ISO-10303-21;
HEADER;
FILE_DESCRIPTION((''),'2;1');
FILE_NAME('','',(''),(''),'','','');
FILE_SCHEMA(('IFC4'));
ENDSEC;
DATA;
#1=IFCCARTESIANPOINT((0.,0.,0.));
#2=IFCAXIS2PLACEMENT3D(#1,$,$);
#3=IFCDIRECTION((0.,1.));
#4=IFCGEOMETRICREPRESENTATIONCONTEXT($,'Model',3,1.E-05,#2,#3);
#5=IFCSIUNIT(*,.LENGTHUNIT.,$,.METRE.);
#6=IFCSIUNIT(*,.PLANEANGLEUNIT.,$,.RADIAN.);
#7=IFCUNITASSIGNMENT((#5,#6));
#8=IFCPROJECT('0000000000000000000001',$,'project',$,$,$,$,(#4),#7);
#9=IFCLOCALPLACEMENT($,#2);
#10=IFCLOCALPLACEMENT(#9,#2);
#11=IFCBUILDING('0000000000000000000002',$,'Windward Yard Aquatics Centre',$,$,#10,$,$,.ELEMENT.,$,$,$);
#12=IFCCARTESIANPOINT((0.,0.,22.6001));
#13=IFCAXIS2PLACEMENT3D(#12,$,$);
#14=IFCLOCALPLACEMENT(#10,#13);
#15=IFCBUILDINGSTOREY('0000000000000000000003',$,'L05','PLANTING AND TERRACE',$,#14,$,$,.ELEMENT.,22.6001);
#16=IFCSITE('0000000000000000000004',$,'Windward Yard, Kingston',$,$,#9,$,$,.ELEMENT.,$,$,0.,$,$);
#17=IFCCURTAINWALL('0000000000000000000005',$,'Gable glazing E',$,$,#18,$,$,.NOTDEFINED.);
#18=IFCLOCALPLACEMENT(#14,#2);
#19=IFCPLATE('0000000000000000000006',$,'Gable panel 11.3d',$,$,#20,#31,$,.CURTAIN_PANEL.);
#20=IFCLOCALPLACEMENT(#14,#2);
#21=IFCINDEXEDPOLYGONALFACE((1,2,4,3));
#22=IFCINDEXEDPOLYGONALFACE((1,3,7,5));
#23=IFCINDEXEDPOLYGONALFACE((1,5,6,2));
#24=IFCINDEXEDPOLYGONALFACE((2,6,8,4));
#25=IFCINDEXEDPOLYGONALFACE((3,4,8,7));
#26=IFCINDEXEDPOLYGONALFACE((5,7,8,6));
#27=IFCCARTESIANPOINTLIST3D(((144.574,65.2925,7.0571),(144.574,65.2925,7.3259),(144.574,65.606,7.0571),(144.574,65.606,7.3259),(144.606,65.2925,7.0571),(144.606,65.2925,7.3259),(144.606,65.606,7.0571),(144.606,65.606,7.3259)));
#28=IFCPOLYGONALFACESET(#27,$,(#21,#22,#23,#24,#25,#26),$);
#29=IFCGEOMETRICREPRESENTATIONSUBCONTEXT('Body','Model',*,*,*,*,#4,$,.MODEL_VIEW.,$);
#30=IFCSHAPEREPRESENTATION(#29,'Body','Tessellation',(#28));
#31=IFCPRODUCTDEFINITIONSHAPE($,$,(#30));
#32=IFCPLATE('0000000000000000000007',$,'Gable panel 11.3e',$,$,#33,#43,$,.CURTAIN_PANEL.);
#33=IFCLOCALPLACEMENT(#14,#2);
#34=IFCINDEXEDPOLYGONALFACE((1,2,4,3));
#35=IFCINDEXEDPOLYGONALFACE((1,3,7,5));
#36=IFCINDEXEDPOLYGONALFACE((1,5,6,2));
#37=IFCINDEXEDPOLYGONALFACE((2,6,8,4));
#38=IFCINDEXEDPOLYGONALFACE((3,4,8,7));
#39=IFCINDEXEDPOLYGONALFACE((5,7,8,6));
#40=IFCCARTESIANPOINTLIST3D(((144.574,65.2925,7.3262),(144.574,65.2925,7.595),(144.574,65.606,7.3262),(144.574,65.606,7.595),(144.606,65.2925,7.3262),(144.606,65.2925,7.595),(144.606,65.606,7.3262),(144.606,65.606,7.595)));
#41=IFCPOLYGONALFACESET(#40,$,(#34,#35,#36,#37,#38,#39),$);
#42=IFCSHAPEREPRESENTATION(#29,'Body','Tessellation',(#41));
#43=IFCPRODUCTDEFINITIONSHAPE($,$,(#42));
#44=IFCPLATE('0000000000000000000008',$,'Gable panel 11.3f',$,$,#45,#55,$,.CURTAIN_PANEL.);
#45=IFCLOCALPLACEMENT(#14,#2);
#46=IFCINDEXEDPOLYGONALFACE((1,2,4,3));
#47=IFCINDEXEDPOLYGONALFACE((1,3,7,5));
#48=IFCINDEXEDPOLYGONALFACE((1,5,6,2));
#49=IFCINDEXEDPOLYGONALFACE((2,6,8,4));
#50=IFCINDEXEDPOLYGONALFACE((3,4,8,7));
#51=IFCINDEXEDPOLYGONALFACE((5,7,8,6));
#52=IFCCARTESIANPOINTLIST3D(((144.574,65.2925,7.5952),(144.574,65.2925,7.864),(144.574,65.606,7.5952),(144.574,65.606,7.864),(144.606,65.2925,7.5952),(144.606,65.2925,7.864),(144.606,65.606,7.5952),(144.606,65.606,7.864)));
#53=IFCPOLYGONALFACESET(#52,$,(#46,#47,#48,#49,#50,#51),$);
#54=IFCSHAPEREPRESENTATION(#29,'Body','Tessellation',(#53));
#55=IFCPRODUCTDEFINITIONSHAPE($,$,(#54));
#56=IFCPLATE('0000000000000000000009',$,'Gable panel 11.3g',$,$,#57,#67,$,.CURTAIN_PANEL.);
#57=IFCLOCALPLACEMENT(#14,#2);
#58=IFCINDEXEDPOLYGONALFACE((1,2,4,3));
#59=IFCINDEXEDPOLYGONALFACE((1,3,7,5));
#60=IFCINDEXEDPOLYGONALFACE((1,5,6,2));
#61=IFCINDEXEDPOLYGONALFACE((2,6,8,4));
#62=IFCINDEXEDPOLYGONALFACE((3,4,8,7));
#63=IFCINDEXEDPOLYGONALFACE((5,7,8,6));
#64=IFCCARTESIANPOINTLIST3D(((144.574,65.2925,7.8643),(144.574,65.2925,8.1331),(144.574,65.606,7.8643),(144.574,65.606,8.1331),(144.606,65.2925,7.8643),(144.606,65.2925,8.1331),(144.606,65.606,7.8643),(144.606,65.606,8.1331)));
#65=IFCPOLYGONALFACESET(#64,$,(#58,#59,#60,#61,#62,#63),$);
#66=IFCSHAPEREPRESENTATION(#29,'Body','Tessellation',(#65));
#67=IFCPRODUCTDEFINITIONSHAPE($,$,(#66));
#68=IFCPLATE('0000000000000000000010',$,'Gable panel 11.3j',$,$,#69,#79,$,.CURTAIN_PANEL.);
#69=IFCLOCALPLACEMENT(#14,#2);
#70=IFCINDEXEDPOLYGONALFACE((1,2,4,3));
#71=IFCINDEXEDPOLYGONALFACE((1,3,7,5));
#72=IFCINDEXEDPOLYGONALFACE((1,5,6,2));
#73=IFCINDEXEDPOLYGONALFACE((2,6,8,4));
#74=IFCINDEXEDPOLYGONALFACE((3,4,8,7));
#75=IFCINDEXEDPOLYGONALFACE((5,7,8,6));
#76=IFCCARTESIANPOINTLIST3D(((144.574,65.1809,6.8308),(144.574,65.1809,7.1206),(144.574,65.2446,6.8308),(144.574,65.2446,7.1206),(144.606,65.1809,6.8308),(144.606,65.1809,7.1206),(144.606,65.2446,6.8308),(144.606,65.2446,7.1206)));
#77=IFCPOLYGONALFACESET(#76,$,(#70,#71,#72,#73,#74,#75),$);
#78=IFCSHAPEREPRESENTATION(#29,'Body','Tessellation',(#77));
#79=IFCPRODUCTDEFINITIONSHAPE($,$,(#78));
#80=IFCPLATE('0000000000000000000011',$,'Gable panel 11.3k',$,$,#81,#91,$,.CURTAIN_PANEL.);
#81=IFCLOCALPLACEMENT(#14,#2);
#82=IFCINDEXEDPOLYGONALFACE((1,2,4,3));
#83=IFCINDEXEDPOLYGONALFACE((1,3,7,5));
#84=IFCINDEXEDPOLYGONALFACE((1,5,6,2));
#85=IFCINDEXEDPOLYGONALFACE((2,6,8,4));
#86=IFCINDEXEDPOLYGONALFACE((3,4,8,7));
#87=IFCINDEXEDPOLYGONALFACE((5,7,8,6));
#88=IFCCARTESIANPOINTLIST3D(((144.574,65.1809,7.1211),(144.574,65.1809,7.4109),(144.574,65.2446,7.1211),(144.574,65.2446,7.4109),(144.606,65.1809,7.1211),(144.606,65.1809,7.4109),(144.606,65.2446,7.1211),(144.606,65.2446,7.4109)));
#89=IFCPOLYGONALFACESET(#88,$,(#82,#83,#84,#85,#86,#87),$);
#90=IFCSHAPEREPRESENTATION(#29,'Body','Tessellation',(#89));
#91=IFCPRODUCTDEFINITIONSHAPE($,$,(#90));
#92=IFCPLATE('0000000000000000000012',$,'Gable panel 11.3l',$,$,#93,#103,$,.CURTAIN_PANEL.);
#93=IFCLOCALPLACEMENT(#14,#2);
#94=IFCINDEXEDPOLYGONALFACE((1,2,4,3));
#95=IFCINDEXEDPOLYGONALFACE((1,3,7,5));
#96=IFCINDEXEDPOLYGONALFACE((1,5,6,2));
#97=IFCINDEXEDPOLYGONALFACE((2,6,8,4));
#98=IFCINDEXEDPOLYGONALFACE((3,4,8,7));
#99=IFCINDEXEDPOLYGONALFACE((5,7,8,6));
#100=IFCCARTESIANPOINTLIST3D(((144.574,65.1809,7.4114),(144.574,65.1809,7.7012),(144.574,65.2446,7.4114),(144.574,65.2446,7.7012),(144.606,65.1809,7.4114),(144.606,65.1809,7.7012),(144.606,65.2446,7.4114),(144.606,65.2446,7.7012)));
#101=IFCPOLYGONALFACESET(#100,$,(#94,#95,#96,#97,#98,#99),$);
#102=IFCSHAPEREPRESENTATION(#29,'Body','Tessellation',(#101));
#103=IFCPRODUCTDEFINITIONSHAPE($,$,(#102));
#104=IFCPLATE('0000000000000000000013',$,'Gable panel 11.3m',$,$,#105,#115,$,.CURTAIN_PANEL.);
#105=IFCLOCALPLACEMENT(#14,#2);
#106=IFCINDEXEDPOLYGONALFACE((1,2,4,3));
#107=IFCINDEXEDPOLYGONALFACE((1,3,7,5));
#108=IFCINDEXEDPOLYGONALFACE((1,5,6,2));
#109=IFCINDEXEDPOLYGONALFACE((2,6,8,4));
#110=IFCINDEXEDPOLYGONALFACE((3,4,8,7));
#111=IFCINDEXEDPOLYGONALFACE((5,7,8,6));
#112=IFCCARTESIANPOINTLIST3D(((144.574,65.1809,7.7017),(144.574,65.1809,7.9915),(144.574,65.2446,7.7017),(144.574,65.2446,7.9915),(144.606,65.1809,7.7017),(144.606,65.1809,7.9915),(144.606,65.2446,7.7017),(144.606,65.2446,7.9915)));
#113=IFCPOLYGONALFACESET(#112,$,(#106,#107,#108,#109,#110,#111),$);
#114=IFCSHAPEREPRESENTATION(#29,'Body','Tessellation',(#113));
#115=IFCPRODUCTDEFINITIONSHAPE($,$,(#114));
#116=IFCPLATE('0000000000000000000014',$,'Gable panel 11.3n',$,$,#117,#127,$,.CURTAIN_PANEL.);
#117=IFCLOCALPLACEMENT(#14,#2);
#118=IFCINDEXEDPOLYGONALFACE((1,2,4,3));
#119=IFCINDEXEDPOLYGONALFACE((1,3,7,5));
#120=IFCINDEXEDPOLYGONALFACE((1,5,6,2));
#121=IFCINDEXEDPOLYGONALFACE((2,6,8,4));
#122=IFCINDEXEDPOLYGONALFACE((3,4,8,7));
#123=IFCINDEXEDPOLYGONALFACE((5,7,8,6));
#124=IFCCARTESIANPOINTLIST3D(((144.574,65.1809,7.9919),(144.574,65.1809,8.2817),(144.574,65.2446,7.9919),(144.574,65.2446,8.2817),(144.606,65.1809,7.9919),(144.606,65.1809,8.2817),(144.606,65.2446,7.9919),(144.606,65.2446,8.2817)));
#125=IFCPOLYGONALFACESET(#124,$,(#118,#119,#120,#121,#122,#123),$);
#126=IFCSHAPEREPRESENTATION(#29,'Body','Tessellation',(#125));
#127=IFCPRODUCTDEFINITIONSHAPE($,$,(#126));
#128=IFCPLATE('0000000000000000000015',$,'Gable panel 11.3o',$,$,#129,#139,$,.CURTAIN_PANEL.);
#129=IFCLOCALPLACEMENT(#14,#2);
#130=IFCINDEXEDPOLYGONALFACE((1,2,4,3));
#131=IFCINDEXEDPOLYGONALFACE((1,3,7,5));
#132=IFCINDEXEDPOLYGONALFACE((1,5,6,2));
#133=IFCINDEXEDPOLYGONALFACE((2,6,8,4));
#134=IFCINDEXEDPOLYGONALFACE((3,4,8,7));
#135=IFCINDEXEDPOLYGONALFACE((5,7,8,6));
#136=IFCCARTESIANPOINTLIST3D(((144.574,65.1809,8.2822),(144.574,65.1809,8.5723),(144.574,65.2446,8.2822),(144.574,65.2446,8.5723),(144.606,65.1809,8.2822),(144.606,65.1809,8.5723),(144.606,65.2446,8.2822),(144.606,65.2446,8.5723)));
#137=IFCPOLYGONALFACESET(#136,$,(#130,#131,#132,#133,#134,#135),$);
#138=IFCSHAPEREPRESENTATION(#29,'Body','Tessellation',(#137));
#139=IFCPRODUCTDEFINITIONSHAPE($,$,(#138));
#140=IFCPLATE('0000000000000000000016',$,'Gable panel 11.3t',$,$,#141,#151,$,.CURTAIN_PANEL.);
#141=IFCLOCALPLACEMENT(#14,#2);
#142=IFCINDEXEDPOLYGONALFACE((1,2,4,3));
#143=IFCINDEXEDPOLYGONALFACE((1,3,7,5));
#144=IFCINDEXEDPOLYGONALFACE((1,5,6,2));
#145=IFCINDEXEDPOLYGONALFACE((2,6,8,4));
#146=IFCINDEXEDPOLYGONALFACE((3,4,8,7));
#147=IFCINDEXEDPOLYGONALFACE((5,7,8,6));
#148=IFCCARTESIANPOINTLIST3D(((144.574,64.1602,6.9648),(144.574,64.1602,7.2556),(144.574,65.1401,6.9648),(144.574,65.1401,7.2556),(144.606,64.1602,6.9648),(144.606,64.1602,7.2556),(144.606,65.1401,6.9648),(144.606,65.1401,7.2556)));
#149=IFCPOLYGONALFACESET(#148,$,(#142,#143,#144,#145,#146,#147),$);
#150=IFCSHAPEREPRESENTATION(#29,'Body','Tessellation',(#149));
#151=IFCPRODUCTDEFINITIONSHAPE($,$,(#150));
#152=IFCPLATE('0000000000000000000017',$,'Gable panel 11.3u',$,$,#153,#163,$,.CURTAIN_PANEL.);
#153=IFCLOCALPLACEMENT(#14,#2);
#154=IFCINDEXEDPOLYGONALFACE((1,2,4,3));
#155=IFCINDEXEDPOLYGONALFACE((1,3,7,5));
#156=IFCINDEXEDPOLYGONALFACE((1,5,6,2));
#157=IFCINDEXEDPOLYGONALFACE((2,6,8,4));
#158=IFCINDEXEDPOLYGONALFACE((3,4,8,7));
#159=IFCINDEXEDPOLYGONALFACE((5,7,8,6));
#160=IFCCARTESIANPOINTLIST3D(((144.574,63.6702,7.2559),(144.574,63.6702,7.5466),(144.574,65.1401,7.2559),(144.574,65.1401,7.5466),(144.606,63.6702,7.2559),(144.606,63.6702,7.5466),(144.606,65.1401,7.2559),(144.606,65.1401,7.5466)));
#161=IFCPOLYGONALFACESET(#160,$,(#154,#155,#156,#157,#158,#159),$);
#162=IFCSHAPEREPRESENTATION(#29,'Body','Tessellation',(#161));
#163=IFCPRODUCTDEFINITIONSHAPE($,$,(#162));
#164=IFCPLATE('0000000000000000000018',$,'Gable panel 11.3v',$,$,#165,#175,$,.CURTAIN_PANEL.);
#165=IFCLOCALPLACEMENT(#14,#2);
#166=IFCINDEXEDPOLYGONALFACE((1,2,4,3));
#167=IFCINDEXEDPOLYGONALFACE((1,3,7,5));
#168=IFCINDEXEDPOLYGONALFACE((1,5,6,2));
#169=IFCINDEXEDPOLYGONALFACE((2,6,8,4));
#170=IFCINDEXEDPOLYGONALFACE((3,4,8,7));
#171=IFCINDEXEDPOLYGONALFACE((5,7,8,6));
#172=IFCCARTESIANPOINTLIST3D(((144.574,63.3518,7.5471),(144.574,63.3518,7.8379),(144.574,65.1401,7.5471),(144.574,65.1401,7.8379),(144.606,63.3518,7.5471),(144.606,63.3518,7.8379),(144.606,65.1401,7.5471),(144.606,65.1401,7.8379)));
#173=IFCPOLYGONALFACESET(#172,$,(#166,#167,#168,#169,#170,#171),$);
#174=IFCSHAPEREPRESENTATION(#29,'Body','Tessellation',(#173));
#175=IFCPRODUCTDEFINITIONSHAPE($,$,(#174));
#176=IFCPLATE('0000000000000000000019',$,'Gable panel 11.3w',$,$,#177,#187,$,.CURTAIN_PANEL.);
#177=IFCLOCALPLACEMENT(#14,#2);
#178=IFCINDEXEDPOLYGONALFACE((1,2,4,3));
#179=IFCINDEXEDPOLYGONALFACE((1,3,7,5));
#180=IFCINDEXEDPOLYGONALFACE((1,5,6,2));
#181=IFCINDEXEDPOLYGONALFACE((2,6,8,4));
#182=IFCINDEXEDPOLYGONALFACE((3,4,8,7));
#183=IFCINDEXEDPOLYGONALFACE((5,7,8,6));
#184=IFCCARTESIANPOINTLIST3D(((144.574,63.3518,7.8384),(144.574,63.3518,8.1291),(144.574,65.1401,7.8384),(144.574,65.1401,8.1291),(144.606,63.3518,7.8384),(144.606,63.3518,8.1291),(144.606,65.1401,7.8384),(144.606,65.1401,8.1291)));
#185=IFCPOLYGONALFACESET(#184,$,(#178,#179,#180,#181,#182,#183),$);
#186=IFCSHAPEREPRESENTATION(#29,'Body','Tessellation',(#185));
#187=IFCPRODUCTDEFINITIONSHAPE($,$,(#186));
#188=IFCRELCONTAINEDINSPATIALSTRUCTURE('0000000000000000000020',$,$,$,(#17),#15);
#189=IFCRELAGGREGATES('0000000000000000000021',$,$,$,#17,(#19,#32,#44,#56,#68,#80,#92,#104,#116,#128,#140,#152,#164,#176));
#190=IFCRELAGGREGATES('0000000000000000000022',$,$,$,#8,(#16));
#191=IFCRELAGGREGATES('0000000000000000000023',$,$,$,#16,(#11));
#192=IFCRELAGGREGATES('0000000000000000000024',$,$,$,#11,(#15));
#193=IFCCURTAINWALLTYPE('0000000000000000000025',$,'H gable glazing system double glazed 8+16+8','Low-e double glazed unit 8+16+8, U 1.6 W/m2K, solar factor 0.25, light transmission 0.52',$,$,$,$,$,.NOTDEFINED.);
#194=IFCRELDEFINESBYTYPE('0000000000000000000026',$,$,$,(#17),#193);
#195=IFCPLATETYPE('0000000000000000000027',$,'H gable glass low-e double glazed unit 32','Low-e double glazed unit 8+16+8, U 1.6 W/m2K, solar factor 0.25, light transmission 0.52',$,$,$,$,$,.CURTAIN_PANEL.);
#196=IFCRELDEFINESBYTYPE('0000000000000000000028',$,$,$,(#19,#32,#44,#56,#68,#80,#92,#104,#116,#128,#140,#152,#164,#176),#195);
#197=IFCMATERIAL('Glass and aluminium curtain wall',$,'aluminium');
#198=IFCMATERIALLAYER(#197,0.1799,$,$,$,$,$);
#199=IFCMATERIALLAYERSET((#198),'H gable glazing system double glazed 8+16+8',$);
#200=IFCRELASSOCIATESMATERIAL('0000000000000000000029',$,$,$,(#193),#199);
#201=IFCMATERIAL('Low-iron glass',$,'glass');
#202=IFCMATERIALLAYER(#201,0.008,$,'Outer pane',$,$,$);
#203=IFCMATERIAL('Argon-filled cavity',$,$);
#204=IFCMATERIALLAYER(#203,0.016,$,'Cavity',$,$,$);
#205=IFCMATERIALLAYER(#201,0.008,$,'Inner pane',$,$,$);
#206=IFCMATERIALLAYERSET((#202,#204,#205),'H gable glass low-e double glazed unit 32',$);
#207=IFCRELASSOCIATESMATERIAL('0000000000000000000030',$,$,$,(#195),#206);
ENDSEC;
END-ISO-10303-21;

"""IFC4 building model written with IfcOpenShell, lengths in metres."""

from ifc_helpers import new_model, si_unit, direction, frame, origin, place, context, subcontext, project, spatial, polyline, outline, extrude, material, layer, layer_set, type_object, element, aggregate, save


model = new_model("IFC4")

# Units and contexts
model_context = context("Model", 3, precision=1e-05, world=origin(), true_north=direction((0.0, 1.0)))
body_context = subcontext(model_context, "Body", "Model", "MODEL_VIEW")
ifc_project = project(units=[si_unit("LENGTHUNIT", "METRE"), si_unit("PLANEANGLEUNIT", "RADIAN")], contexts=[model_context])

# Site, building, storey
site_placement = place(None, origin())
site = spatial("IfcSite", under=ifc_project, at=site_placement, Name="Windward Yard, Kingston", CompositionType="ELEMENT", RefElevation=0.0)
building_placement = place(site_placement, origin())
building = spatial("IfcBuilding", under=site, at=building_placement, Name="Windward Yard Aquatics Centre", CompositionType="ELEMENT")
storey_placement = place(building_placement, frame((0.0, 0.0, 22.6001)))
storey = spatial("IfcBuildingStorey", under=building, at=storey_placement, Name="L05", Description="PLANTING AND TERRACE", CompositionType="ELEMENT", Elevation=22.6001)

# Curtain wall, plates
ifc_material_1 = material(Name="Glass and aluminium curtain wall", Category="aluminium")
ifc_layer_1 = layer(ifc_material_1, 0.1799)
ifc_layer_set_1 = layer_set([ifc_layer_1], Name="H gable glazing system double glazed 8+16+8")
curtain_wall_type = type_object("IfcCurtainWallType", Name="H gable glazing system double glazed 8+16+8", Description="Low-e double glazed unit 8+16+8, U 1.6 W/m2K, solar factor 0.25, light transmission 0.52", PredefinedType="NOTDEFINED", material=ifc_layer_set_1)
curtain_wall_placement = place(storey_placement, origin())
curtain_wall = element("IfcCurtainWall", 1, at=curtain_wall_placement, inside=storey, type_object=curtain_wall_type, Name="Gable glazing E", PredefinedType="NOTDEFINED")
ifc_material_2 = material(Name="Low-iron glass", Category="glass")
ifc_layer_2 = layer(ifc_material_2, 0.008, Name="Outer pane")
ifc_material_3 = material(Name="Argon-filled cavity")
ifc_layer_3 = layer(ifc_material_3, 0.016, Name="Cavity")
ifc_layer_4 = layer(ifc_material_2, 0.008, Name="Inner pane")
ifc_layer_set_2 = layer_set([ifc_layer_2, ifc_layer_3, ifc_layer_4], Name="H gable glass low-e double glazed unit 32")
plate_type = type_object("IfcPlateType", Name="H gable glass low-e double glazed unit 32", Description="Low-e double glazed unit 8+16+8, U 1.6 W/m2K, solar factor 0.25, light transmission 0.52", PredefinedType="CURTAIN_PANEL", material=ifc_layer_set_2)
plate_1_placement = place(storey_placement, frame((144.606, 65.2925, 7.0571), z_axis=(1.0, 0.0, 0.0), x_axis=(0.0, 1.0, 0.0)))
plate_1 = element("IfcPlate", 2, at=plate_1_placement, type_object=plate_type, Name="Gable panel 11.3d", PredefinedType="CURTAIN_PANEL", context=body_context, shape_type="SweptSolid", body=[
    extrude(outline(polyline([(0.0, 0.0), (0.3135, 0.0), (0.3135, 0.2688), (0.0, 0.2688), (0.0, 0.0)])), origin(), (0.0, 0.0, -1.0), 0.032),
])
plate_2_placement = place(storey_placement, frame((144.606, 65.2925, 7.3262), z_axis=(1.0, 0.0, 0.0), x_axis=(0.0, 1.0, 0.0)))
plate_2 = element("IfcPlate", 3, at=plate_2_placement, type_object=plate_type, Name="Gable panel 11.3e", PredefinedType="CURTAIN_PANEL", context=body_context, shape_type="SweptSolid", body=[
    extrude(outline(polyline([(0.0, 0.0), (0.3135, 0.0), (0.3135, 0.2688), (0.0, 0.2688), (0.0, 0.0)])), origin(), (0.0, 0.0, -1.0), 0.032),
])
plate_3_placement = place(storey_placement, frame((144.606, 65.2925, 7.5952), z_axis=(1.0, 0.0, 0.0), x_axis=(0.0, 1.0, 0.0)))
plate_3 = element("IfcPlate", 4, at=plate_3_placement, type_object=plate_type, Name="Gable panel 11.3f", PredefinedType="CURTAIN_PANEL", context=body_context, shape_type="SweptSolid", body=[
    extrude(outline(polyline([(0.0, 0.0), (0.3135, 0.0), (0.3135, 0.2688), (0.0, 0.2688), (0.0, 0.0)])), origin(), (0.0, 0.0, -1.0), 0.032),
])
plate_4_placement = place(storey_placement, frame((144.606, 65.2925, 7.8643), z_axis=(1.0, 0.0, 0.0), x_axis=(0.0, 1.0, 0.0)))
plate_4 = element("IfcPlate", 5, at=plate_4_placement, type_object=plate_type, Name="Gable panel 11.3g", PredefinedType="CURTAIN_PANEL", context=body_context, shape_type="SweptSolid", body=[
    extrude(outline(polyline([(0.0, 0.0), (0.3135, 0.0), (0.3135, 0.2688), (0.0, 0.2688), (0.0, 0.0)])), origin(), (0.0, 0.0, -1.0), 0.032),
])
plate_5_placement = place(storey_placement, frame((144.606, 65.1809, 6.8308), z_axis=(1.0, 0.0, 0.0), x_axis=(0.0, 1.0, 0.0)))
plate_5 = element("IfcPlate", 6, at=plate_5_placement, type_object=plate_type, Name="Gable panel 11.3j", PredefinedType="CURTAIN_PANEL", context=body_context, shape_type="SweptSolid", body=[
    extrude(outline(polyline([(0.0, 0.0), (0.0637, 0.0), (0.0637, 0.2898), (0.0, 0.2898), (0.0, 0.0)])), origin(), (0.0, 0.0, -1.0), 0.032),
])
plate_6_placement = place(storey_placement, frame((144.606, 65.1809, 7.1211), z_axis=(1.0, 0.0, 0.0), x_axis=(0.0, 1.0, 0.0)))
plate_6 = element("IfcPlate", 7, at=plate_6_placement, type_object=plate_type, Name="Gable panel 11.3k", PredefinedType="CURTAIN_PANEL", context=body_context, shape_type="SweptSolid", body=[
    extrude(outline(polyline([(0.0, 0.0), (0.0637, 0.0), (0.0637, 0.2898), (0.0, 0.2898), (0.0, 0.0)])), origin(), (0.0, 0.0, -1.0), 0.032),
])
plate_7_placement = place(storey_placement, frame((144.606, 65.1809, 7.4114), z_axis=(1.0, 0.0, 0.0), x_axis=(0.0, 1.0, 0.0)))
plate_7 = element("IfcPlate", 8, at=plate_7_placement, type_object=plate_type, Name="Gable panel 11.3l", PredefinedType="CURTAIN_PANEL", context=body_context, shape_type="SweptSolid", body=[
    extrude(outline(polyline([(0.0, 0.0), (0.0637, 0.0), (0.0637, 0.2898), (0.0, 0.2898), (0.0, 0.0)])), origin(), (0.0, 0.0, -1.0), 0.032),
])
plate_8_placement = place(storey_placement, frame((144.606, 65.1809, 7.7017), z_axis=(1.0, 0.0, 0.0), x_axis=(0.0, 1.0, 0.0)))
plate_8 = element("IfcPlate", 9, at=plate_8_placement, type_object=plate_type, Name="Gable panel 11.3m", PredefinedType="CURTAIN_PANEL", context=body_context, shape_type="SweptSolid", body=[
    extrude(outline(polyline([(0.0, 0.0), (0.0637, 0.0), (0.0637, 0.2898), (0.0, 0.2898), (0.0, 0.0)])), origin(), (0.0, 0.0, -1.0), 0.032),
])
plate_9_placement = place(storey_placement, frame((144.606, 65.1809, 7.9919), z_axis=(1.0, 0.0, 0.0), x_axis=(0.0, 1.0, 0.0)))
plate_9 = element("IfcPlate", 10, at=plate_9_placement, type_object=plate_type, Name="Gable panel 11.3n", PredefinedType="CURTAIN_PANEL", context=body_context, shape_type="SweptSolid", body=[
    extrude(outline(polyline([(0.0, 0.0), (0.0637, 0.0), (0.0637, 0.2898), (0.0, 0.2898), (0.0, 0.0)])), origin(), (0.0, 0.0, -1.0), 0.032),
])
plate_10_placement = place(storey_placement, frame((144.606, 65.1809, 8.2822), z_axis=(1.0, 0.0, 0.0), x_axis=(0.0, 1.0, 0.0)))
plate_10 = element("IfcPlate", 11, at=plate_10_placement, type_object=plate_type, Name="Gable panel 11.3o", PredefinedType="CURTAIN_PANEL", context=body_context, shape_type="SweptSolid", body=[
    extrude(outline(polyline([(0.0, 0.0), (0.0637, 0.0), (0.0637, 0.29), (0.0, 0.29), (0.0, 0.0)])), origin(), (0.0, 0.0, -1.0), 0.032),
])
plate_11_placement = place(storey_placement, frame((144.606, 64.1602, 6.9648), z_axis=(1.0, 0.0, 0.0), x_axis=(0.0, 1.0, 0.0)))
plate_11 = element("IfcPlate", 12, at=plate_11_placement, type_object=plate_type, Name="Gable panel 11.3t", PredefinedType="CURTAIN_PANEL", context=body_context, shape_type="SweptSolid", body=[
    extrude(outline(polyline([(0.0, 0.0), (0.98, 0.0), (0.98, 0.2908), (0.0, 0.2908), (0.0, 0.0)])), origin(), (0.0, 0.0, -1.0), 0.032),
])
plate_12_placement = place(storey_placement, frame((144.606, 63.6702, 7.2559), z_axis=(1.0, 0.0, 0.0), x_axis=(0.0, 1.0, 0.0)))
plate_12 = element("IfcPlate", 13, at=plate_12_placement, type_object=plate_type, Name="Gable panel 11.3u", PredefinedType="CURTAIN_PANEL", context=body_context, shape_type="SweptSolid", body=[
    extrude(outline(polyline([(0.0, 0.0), (1.47, 0.0), (1.47, 0.2908), (0.0, 0.2908), (0.0, 0.0)])), origin(), (0.0, 0.0, -1.0), 0.032),
])
plate_13_placement = place(storey_placement, frame((144.606, 63.3518, 7.5471), z_axis=(1.0, 0.0, 0.0), x_axis=(0.0, 1.0, 0.0)))
plate_13 = element("IfcPlate", 14, at=plate_13_placement, type_object=plate_type, Name="Gable panel 11.3v", PredefinedType="CURTAIN_PANEL", context=body_context, shape_type="SweptSolid", body=[
    extrude(outline(polyline([(0.0, 0.0), (1.7883, 0.0), (1.7883, 0.2908), (0.0, 0.2908), (0.0, 0.0)])), origin(), (0.0, 0.0, -1.0), 0.032),
])
plate_14_placement = place(storey_placement, frame((144.606, 63.3518, 7.8384), z_axis=(1.0, 0.0, 0.0), x_axis=(0.0, 1.0, 0.0)))
plate_14 = element("IfcPlate", 15, at=plate_14_placement, type_object=plate_type, Name="Gable panel 11.3w", PredefinedType="CURTAIN_PANEL", context=body_context, shape_type="SweptSolid", body=[
    extrude(outline(polyline([(0.0, 0.0), (1.7883, 0.0), (1.7883, 0.2908), (0.0, 0.2908), (0.0, 0.0)])), origin(), (0.0, 0.0, -1.0), 0.032),
])
aggregate(curtain_wall, [plate_1, plate_2, plate_3, plate_4, plate_5, plate_6, plate_7, plate_8, plate_9, plate_10, plate_11, plate_12, plate_13, plate_14])

save(model, "model.ifc")
